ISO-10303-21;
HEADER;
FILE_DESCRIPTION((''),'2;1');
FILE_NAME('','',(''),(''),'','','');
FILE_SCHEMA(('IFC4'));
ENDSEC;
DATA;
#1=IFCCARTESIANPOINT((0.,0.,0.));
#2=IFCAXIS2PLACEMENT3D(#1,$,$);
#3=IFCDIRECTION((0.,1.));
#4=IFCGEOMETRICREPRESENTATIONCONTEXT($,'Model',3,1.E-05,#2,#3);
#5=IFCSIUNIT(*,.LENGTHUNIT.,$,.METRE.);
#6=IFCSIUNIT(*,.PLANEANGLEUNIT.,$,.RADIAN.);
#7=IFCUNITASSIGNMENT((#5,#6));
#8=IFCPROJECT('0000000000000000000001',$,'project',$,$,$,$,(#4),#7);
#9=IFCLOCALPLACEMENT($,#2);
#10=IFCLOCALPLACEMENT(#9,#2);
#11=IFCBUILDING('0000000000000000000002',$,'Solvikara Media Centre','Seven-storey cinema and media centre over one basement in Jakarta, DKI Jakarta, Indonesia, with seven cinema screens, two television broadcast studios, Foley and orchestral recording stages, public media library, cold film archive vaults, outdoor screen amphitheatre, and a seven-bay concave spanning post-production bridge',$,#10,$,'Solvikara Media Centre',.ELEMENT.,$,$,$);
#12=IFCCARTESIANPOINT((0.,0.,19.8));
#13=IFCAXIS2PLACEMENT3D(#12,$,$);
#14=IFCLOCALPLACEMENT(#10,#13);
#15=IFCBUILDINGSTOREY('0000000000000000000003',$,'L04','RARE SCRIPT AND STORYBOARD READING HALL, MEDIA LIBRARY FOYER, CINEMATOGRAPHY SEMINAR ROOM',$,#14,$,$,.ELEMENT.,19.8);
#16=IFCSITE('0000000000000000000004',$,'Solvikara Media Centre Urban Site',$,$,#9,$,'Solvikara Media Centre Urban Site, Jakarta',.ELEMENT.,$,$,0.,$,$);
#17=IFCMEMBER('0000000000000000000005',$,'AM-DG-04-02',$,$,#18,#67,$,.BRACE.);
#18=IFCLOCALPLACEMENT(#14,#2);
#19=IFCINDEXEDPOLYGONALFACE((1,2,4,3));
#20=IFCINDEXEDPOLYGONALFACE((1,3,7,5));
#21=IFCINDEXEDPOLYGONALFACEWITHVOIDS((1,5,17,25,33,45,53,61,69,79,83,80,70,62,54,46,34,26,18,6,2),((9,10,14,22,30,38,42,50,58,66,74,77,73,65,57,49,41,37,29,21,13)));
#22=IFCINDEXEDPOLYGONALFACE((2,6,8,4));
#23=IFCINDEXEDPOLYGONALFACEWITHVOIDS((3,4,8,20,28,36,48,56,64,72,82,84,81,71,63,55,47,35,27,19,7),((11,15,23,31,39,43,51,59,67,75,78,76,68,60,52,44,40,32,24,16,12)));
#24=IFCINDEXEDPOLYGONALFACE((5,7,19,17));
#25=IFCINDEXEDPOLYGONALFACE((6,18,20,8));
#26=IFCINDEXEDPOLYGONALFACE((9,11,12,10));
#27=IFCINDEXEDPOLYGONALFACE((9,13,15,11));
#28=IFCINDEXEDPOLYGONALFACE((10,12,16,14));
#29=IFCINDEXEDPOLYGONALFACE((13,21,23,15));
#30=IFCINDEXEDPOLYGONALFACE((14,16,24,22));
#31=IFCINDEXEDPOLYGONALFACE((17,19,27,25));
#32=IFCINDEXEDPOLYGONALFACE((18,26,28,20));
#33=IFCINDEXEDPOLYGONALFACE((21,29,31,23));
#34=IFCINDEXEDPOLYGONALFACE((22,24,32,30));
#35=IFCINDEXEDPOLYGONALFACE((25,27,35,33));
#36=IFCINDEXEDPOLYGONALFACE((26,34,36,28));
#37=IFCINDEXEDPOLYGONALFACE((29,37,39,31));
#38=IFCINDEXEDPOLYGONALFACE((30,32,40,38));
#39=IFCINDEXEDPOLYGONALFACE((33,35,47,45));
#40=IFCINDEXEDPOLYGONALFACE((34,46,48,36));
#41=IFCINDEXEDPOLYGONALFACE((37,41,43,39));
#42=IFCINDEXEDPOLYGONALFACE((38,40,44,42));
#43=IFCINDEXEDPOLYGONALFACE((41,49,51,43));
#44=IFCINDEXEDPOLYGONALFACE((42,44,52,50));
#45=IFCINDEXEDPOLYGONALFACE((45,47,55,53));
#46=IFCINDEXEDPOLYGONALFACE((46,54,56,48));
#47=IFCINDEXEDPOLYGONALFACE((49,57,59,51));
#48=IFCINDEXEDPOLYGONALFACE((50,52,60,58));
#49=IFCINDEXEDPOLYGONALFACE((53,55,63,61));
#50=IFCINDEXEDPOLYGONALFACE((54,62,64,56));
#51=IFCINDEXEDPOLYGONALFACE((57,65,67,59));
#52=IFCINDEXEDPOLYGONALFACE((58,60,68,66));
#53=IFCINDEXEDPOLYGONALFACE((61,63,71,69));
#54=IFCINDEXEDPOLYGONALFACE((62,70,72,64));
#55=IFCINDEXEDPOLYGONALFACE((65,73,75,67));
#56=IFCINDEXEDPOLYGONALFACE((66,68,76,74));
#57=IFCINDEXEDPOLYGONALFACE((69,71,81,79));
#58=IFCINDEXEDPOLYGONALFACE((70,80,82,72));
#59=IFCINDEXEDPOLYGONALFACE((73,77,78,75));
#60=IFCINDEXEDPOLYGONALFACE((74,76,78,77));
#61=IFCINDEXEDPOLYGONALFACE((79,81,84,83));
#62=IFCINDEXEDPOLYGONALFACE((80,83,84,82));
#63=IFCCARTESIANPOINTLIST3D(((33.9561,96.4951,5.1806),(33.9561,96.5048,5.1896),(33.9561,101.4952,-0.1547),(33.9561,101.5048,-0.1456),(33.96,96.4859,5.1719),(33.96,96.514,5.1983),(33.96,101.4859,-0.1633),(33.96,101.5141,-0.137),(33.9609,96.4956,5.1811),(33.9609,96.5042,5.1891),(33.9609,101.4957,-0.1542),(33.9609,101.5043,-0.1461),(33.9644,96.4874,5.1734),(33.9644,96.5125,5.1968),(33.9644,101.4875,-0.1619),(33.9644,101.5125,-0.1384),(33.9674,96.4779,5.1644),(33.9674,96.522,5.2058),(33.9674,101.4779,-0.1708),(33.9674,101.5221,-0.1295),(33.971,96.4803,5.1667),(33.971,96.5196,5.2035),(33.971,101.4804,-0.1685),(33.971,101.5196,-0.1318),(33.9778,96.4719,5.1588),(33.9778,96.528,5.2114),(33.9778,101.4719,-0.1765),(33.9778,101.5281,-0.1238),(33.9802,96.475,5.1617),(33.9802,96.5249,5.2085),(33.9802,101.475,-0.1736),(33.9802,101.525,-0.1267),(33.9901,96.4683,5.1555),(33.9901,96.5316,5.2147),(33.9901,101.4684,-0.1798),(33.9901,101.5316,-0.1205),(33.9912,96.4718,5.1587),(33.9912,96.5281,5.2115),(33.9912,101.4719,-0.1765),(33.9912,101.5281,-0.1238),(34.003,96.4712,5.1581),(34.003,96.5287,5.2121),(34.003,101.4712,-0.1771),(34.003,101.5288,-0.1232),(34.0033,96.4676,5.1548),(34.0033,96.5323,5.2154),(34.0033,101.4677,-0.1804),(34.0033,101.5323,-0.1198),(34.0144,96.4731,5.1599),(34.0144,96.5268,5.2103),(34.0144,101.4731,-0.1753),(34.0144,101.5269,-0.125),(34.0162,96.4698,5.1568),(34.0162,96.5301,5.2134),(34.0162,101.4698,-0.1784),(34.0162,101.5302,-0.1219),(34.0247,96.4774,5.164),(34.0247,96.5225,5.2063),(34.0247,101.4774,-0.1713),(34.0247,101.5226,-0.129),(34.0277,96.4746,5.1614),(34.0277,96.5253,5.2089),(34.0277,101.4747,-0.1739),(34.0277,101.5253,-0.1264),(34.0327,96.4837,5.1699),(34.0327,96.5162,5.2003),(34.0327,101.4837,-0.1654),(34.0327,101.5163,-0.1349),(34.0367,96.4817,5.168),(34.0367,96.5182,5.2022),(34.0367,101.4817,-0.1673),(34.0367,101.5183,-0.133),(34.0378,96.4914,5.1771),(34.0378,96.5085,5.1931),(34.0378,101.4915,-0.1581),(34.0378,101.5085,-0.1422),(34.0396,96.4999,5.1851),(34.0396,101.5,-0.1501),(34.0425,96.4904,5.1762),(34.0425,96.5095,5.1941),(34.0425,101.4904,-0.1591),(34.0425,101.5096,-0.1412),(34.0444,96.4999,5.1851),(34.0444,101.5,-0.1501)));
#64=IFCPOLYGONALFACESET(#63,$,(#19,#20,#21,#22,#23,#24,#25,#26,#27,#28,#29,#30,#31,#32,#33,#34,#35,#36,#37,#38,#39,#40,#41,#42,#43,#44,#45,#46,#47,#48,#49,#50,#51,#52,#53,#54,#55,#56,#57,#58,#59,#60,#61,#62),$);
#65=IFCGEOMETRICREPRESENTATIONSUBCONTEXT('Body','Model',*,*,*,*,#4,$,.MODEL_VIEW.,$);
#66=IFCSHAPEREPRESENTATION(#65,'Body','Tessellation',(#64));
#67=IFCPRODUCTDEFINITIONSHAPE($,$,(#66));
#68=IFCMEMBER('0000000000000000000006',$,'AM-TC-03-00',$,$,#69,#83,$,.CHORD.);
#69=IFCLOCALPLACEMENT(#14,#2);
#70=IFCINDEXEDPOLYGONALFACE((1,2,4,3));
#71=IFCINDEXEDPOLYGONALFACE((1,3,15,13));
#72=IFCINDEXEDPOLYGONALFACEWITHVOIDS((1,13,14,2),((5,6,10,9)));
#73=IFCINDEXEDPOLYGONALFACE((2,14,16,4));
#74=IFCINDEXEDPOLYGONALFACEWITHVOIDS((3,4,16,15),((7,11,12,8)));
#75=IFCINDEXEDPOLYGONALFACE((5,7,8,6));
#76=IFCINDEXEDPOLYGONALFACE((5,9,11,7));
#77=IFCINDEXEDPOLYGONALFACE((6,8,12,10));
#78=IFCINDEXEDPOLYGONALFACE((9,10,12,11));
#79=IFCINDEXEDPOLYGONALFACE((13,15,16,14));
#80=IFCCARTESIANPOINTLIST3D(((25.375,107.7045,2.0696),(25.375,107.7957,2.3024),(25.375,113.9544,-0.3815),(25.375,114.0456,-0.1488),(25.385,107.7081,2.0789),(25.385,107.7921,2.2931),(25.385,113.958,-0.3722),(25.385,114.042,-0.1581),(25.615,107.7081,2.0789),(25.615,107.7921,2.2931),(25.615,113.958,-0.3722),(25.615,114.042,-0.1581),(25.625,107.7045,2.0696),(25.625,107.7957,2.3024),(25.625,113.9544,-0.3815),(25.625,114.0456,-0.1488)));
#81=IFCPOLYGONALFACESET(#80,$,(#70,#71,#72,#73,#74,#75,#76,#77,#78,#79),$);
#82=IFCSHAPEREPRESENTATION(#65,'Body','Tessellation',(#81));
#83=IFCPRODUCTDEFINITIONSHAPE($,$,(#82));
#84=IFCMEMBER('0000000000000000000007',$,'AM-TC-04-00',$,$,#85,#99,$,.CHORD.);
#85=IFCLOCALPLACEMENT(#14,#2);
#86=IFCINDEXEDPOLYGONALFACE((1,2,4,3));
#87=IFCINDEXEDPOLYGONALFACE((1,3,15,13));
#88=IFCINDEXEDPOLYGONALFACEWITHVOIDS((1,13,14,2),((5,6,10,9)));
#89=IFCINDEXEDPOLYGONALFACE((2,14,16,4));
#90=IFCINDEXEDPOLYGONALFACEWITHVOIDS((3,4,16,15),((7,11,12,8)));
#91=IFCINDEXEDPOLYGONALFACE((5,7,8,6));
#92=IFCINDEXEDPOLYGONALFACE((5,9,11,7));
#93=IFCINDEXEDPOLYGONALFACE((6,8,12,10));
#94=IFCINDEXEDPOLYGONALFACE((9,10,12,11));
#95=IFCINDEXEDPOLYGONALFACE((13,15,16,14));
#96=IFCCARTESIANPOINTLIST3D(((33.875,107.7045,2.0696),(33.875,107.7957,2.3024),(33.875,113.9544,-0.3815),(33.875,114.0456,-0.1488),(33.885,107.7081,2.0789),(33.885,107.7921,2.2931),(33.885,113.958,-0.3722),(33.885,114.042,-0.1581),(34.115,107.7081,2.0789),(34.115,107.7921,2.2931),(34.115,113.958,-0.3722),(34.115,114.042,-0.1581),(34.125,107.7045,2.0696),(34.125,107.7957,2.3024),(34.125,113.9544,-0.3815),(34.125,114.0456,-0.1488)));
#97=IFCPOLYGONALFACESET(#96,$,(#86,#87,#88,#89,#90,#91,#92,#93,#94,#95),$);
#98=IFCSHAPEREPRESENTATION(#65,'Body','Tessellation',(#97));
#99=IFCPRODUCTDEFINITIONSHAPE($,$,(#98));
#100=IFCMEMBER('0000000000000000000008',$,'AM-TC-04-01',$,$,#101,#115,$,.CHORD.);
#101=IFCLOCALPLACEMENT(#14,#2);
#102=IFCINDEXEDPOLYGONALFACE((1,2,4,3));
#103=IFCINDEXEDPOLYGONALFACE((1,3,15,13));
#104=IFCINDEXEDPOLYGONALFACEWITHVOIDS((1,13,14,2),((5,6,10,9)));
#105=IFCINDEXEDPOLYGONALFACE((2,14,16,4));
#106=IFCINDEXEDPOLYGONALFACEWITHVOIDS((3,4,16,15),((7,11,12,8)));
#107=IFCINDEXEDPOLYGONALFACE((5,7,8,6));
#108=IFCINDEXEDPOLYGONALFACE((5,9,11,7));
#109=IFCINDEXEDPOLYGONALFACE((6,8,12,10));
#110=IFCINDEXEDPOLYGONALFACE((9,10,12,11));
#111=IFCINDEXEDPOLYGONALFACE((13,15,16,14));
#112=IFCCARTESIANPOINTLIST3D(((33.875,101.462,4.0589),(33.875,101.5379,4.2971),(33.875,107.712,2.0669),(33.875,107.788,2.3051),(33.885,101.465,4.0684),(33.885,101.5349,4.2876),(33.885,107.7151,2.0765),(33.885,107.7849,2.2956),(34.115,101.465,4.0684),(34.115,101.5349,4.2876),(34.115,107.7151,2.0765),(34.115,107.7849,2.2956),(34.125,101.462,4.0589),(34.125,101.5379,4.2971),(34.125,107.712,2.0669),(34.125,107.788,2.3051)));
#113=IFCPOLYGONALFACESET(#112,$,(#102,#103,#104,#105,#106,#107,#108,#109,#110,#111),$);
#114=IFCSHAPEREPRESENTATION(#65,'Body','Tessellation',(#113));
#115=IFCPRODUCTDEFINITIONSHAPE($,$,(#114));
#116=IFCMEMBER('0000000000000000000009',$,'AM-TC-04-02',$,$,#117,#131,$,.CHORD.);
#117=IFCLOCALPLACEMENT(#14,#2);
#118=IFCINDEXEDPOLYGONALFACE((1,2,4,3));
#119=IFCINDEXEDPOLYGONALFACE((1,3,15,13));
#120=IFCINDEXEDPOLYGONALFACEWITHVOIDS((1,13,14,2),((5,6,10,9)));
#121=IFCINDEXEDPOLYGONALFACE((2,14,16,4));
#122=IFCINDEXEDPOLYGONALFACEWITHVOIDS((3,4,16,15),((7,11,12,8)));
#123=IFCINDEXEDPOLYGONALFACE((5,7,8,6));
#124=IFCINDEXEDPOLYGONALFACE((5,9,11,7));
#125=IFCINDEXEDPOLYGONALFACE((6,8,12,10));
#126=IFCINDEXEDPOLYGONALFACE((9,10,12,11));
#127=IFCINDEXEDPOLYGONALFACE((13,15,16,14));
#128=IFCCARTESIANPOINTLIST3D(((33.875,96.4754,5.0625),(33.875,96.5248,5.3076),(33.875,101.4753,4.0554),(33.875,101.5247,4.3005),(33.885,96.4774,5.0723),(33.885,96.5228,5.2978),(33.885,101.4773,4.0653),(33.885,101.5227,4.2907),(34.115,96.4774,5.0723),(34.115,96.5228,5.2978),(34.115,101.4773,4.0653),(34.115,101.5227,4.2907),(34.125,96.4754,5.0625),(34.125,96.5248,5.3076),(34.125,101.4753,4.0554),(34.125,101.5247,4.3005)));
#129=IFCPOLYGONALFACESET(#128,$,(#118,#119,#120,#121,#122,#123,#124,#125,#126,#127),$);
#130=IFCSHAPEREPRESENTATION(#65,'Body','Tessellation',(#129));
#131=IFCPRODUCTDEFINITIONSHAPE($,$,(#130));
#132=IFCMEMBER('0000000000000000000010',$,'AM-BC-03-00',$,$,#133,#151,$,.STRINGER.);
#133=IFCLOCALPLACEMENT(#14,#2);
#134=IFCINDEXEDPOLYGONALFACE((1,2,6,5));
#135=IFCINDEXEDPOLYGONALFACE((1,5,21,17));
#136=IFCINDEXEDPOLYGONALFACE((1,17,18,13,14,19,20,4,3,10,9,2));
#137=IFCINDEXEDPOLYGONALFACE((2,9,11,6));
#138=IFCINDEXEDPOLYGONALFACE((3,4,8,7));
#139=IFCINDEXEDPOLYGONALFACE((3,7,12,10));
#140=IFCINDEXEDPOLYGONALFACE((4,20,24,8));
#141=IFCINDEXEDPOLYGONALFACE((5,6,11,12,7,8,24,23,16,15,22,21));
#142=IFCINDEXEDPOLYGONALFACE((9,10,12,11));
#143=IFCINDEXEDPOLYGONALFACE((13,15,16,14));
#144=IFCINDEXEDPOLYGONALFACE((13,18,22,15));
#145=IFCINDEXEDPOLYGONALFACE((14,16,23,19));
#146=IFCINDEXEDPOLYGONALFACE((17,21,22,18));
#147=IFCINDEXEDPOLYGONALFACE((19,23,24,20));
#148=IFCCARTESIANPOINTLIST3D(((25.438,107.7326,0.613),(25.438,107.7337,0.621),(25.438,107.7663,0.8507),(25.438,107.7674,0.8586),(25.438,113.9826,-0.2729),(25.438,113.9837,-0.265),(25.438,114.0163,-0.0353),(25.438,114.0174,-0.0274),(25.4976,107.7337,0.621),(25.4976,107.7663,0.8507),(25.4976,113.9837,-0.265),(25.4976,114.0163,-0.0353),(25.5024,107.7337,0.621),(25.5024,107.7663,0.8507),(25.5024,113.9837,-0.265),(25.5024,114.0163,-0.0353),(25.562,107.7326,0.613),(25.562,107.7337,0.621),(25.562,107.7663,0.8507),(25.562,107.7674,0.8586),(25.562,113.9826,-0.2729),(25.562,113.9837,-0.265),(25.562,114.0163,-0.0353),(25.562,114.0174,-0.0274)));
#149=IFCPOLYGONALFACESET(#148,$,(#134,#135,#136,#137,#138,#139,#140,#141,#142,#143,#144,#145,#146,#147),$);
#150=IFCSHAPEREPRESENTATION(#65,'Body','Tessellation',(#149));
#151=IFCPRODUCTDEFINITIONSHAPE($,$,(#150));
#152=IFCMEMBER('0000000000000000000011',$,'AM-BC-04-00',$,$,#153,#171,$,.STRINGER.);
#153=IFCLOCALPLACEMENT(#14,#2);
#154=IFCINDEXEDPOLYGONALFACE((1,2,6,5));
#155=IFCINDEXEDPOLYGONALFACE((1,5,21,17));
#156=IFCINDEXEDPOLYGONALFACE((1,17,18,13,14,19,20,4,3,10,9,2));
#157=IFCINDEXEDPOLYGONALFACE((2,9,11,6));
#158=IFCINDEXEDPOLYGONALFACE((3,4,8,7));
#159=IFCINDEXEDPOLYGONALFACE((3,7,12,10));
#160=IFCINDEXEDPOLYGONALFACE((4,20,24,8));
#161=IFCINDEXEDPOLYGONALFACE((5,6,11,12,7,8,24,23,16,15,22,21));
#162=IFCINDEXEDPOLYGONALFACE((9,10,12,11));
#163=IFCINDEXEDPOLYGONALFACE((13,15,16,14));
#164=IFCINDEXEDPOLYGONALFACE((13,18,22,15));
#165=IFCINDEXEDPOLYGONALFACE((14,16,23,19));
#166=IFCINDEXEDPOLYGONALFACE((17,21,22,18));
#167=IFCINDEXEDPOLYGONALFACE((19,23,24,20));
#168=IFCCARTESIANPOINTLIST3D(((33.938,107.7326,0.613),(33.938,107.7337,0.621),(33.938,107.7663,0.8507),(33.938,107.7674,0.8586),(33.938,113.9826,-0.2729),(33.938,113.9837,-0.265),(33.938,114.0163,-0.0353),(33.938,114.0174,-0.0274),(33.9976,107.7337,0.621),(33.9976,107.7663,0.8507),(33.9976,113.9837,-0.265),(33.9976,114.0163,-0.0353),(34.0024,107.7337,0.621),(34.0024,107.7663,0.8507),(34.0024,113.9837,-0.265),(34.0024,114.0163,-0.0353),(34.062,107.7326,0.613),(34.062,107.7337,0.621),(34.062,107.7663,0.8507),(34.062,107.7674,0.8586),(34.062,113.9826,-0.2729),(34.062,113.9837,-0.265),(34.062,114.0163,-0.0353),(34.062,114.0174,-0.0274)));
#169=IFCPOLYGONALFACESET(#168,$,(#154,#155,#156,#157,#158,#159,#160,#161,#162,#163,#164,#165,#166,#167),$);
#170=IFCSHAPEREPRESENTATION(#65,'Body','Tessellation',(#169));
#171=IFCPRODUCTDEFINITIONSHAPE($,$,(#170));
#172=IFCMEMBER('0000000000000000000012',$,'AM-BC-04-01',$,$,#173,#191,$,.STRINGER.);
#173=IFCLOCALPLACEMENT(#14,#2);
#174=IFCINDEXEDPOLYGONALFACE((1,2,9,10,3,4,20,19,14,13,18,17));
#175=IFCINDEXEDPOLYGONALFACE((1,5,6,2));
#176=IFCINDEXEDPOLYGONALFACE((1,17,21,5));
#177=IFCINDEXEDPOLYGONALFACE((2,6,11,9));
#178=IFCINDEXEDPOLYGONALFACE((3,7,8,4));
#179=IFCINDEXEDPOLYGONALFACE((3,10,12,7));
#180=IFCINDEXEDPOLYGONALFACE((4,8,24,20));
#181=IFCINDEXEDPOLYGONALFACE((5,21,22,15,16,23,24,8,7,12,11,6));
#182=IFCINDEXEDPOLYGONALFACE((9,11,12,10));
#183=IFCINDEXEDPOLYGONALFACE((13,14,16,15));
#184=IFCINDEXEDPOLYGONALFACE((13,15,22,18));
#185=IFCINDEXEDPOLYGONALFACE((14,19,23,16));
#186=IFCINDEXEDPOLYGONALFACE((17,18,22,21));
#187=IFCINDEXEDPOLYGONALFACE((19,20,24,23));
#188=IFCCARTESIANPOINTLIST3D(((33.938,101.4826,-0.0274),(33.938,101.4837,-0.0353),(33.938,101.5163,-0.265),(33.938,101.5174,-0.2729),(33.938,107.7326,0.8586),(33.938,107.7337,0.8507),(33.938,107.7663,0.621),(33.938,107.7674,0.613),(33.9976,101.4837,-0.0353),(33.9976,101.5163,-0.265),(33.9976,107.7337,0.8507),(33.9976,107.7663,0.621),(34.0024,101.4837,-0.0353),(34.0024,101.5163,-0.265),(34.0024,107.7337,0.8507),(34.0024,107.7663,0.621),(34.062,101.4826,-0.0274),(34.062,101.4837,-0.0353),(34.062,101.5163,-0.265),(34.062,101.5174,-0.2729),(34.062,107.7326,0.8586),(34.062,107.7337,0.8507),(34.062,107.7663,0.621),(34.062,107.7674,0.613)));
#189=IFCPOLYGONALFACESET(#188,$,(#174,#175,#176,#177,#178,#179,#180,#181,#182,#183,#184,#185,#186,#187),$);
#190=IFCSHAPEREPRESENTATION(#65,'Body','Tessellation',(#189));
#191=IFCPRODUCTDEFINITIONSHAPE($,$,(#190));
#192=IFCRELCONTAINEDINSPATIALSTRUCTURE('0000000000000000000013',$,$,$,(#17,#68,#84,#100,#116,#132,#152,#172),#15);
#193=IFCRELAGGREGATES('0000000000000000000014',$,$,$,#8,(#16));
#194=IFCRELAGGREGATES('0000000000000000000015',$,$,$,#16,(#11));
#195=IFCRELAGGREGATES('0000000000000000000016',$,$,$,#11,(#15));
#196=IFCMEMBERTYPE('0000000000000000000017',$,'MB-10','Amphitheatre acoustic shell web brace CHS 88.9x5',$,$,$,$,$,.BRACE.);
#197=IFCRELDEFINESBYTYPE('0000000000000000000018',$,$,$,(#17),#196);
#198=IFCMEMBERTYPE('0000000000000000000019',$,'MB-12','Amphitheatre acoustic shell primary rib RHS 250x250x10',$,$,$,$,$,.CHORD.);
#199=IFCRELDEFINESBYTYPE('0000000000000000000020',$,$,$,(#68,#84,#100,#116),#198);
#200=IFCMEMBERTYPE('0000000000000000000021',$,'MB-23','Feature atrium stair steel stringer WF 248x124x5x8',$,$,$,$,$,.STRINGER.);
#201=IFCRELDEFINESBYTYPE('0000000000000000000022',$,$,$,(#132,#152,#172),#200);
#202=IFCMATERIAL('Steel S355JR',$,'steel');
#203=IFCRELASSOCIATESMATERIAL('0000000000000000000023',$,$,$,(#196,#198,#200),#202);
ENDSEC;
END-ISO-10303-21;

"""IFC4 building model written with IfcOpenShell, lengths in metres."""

from ifc_helpers import new_model, si_unit, direction, frame, origin, origin_2d, place, context, subcontext, project, spatial, hollow_rectangle, hollow_circle, i_section, extrude, material, material_profile, profile_set, type_object, element, save


model = new_model("IFC4")

# Units and contexts
model_context = context("Model", 3, precision=1e-05, world=origin(), true_north=direction((0.0, 1.0)))
body_context = subcontext(model_context, "Body", "Model", "MODEL_VIEW")
ifc_project = project(units=[si_unit("LENGTHUNIT", "METRE"), si_unit("PLANEANGLEUNIT", "RADIAN")], contexts=[model_context])

# Site, building, storey
site_placement = place(None, origin())
site = spatial("IfcSite", under=ifc_project, at=site_placement, Name="Solvikara Media Centre Urban Site", LongName="Solvikara Media Centre Urban Site, Jakarta", CompositionType="ELEMENT", RefElevation=0.0)
building_placement = place(site_placement, origin())
building = spatial("IfcBuilding", under=site, at=building_placement, Name="Solvikara Media Centre", Description="Seven-storey cinema and media centre over one basement in Jakarta, DKI Jakarta, Indonesia, with seven cinema screens, two television broadcast studios, Foley and orchestral recording stages, public media library, cold film archive vaults, outdoor screen amphitheatre, and a seven-bay concave spanning post-production bridge", LongName="Solvikara Media Centre", CompositionType="ELEMENT")
storey_placement = place(building_placement, frame((0.0, 0.0, 19.8)))
storey = spatial("IfcBuildingStorey", under=building, at=storey_placement, Name="L04", Description="RARE SCRIPT AND STORYBOARD READING HALL, MEDIA LIBRARY FOYER, CINEMATOGRAPHY SEMINAR ROOM", CompositionType="ELEMENT", Elevation=19.8)

# Shared definitions
ifc_material_1 = material(Name="Steel S355JR", Category="steel")

# Members
ifc_material_profile_1 = material_profile(ifc_material_1, hollow_circle(Radius=0.0444, WallThickness=0.0049, at=origin_2d()), Name="CHS 88.9x5")
ifc_profile_set_1 = profile_set([ifc_material_profile_1], Name="Steel S355JR")
member_type_1 = type_object("IfcMemberType", Name="MB-10", Description="Amphitheatre acoustic shell web brace CHS 88.9x5", PredefinedType="BRACE", material=ifc_profile_set_1)
member_1_placement = place(storey_placement, frame((34.0, 101.5, -0.1501), z_axis=(0.0, -0.683813, 0.729657), x_axis=(1.0, 0.0, 0.0)))
element("IfcMember", 1, at=member_1_placement, inside=storey, type_object=member_type_1, Name="AM-DG-04-02", PredefinedType="BRACE", context=body_context, shape_type="SweptSolid", body=[
    extrude(hollow_circle(Radius=0.0444, WallThickness=0.0049, at=origin_2d()), origin(), (0.0, 0.0, 1.0), 7.312),
])
ifc_material_profile_2 = material_profile(ifc_material_1, hollow_rectangle(XDim=0.25, YDim=0.25, WallThickness=0.01, at=origin_2d()), Name="RHS 250x250x10")
ifc_profile_set_2 = profile_set([ifc_material_profile_2], Name="Steel S355JR")
member_type_2 = type_object("IfcMemberType", Name="MB-12", Description="Amphitheatre acoustic shell primary rib RHS 250x250x10", PredefinedType="CHORD", material=ifc_profile_set_2)
for number, where, z_axis, x_axis, name in (
    (2, (25.5, 114.0, -0.2651), (0.0, -0.930964, 0.365112), (1.0, 0.0, 0.0), "AM-TC-03-00"),
    (3, (34.0, 114.0, -0.2651), (0.0, -0.930964, 0.365112), (1.0, 0.0, 0.0), "AM-TC-04-00"),
):
    element("IfcMember", number, at=place(storey_placement, frame(where, z_axis=z_axis, x_axis=x_axis)), inside=storey, type_object=member_type_2, Name=name, PredefinedType="CHORD", context=body_context, shape_type="SweptSolid", body=[
        extrude(hollow_rectangle(XDim=0.25, YDim=0.25, WallThickness=0.01, at=origin_2d()), origin(), (0.0, 0.0, 1.0), 6.7134),
    ])
member_2_placement = place(storey_placement, frame((34.0, 107.75, 2.186), z_axis=(0.0, -0.95278, 0.303661), x_axis=(1.0, 0.0, 0.0)))
element("IfcMember", 4, at=member_2_placement, inside=storey, type_object=member_type_2, Name="AM-TC-04-01", PredefinedType="CHORD", context=body_context, shape_type="SweptSolid", body=[
    extrude(hollow_rectangle(XDim=0.25, YDim=0.25, WallThickness=0.01, at=origin_2d()), origin(), (0.0, 0.0, 1.0), 6.5598),
])
member_3_placement = place(storey_placement, frame((34.0, 101.5, 4.178), z_axis=(0.0, -0.980313, 0.197451), x_axis=(1.0, 0.0, 0.0)))
element("IfcMember", 5, at=member_3_placement, inside=storey, type_object=member_type_2, Name="AM-TC-04-02", PredefinedType="CHORD", context=body_context, shape_type="SweptSolid", body=[
    extrude(hollow_rectangle(XDim=0.25, YDim=0.25, WallThickness=0.01, at=origin_2d()), origin(), (0.0, 0.0, 1.0), 5.1003),
])
ifc_material_profile_3 = material_profile(ifc_material_1, i_section(OverallWidth=0.124, OverallDepth=0.248, WebThickness=0.0049, FlangeThickness=0.0081, at=origin_2d()), Name="WF 248x124x5x8")
ifc_profile_set_3 = profile_set([ifc_material_profile_3], Name="Steel S355JR")
member_type_3 = type_object("IfcMemberType", Name="MB-23", Description="Feature atrium stair steel stringer WF 248x124x5x8", PredefinedType="STRINGER", material=ifc_profile_set_3)
for number, where, z_axis, x_axis, name in (
    (6, (25.5, 114.0, -0.1501), (0.0, -0.990101, 0.140355), (1.0, 0.0, 0.0), "AM-BC-03-00"),
    (7, (34.0, 114.0, -0.1501), (0.0, -0.990101, 0.140355), (1.0, 0.0, 0.0), "AM-BC-04-00"),
    (8, (34.0, 107.75, 0.7358), (0.0, -0.990101, -0.140355), (1.0, 0.0, 0.0), "AM-BC-04-01"),
):
    element("IfcMember", number, at=place(storey_placement, frame(where, z_axis=z_axis, x_axis=x_axis)), inside=storey, type_object=member_type_3, Name=name, PredefinedType="STRINGER", context=body_context, shape_type="SweptSolid", body=[
        extrude(i_section(OverallWidth=0.124, OverallDepth=0.248, WebThickness=0.0049, FlangeThickness=0.0081, at=origin_2d()), origin(), (0.0, 0.0, 1.0), 6.3125),
    ])

save(model, "model.ifc")
